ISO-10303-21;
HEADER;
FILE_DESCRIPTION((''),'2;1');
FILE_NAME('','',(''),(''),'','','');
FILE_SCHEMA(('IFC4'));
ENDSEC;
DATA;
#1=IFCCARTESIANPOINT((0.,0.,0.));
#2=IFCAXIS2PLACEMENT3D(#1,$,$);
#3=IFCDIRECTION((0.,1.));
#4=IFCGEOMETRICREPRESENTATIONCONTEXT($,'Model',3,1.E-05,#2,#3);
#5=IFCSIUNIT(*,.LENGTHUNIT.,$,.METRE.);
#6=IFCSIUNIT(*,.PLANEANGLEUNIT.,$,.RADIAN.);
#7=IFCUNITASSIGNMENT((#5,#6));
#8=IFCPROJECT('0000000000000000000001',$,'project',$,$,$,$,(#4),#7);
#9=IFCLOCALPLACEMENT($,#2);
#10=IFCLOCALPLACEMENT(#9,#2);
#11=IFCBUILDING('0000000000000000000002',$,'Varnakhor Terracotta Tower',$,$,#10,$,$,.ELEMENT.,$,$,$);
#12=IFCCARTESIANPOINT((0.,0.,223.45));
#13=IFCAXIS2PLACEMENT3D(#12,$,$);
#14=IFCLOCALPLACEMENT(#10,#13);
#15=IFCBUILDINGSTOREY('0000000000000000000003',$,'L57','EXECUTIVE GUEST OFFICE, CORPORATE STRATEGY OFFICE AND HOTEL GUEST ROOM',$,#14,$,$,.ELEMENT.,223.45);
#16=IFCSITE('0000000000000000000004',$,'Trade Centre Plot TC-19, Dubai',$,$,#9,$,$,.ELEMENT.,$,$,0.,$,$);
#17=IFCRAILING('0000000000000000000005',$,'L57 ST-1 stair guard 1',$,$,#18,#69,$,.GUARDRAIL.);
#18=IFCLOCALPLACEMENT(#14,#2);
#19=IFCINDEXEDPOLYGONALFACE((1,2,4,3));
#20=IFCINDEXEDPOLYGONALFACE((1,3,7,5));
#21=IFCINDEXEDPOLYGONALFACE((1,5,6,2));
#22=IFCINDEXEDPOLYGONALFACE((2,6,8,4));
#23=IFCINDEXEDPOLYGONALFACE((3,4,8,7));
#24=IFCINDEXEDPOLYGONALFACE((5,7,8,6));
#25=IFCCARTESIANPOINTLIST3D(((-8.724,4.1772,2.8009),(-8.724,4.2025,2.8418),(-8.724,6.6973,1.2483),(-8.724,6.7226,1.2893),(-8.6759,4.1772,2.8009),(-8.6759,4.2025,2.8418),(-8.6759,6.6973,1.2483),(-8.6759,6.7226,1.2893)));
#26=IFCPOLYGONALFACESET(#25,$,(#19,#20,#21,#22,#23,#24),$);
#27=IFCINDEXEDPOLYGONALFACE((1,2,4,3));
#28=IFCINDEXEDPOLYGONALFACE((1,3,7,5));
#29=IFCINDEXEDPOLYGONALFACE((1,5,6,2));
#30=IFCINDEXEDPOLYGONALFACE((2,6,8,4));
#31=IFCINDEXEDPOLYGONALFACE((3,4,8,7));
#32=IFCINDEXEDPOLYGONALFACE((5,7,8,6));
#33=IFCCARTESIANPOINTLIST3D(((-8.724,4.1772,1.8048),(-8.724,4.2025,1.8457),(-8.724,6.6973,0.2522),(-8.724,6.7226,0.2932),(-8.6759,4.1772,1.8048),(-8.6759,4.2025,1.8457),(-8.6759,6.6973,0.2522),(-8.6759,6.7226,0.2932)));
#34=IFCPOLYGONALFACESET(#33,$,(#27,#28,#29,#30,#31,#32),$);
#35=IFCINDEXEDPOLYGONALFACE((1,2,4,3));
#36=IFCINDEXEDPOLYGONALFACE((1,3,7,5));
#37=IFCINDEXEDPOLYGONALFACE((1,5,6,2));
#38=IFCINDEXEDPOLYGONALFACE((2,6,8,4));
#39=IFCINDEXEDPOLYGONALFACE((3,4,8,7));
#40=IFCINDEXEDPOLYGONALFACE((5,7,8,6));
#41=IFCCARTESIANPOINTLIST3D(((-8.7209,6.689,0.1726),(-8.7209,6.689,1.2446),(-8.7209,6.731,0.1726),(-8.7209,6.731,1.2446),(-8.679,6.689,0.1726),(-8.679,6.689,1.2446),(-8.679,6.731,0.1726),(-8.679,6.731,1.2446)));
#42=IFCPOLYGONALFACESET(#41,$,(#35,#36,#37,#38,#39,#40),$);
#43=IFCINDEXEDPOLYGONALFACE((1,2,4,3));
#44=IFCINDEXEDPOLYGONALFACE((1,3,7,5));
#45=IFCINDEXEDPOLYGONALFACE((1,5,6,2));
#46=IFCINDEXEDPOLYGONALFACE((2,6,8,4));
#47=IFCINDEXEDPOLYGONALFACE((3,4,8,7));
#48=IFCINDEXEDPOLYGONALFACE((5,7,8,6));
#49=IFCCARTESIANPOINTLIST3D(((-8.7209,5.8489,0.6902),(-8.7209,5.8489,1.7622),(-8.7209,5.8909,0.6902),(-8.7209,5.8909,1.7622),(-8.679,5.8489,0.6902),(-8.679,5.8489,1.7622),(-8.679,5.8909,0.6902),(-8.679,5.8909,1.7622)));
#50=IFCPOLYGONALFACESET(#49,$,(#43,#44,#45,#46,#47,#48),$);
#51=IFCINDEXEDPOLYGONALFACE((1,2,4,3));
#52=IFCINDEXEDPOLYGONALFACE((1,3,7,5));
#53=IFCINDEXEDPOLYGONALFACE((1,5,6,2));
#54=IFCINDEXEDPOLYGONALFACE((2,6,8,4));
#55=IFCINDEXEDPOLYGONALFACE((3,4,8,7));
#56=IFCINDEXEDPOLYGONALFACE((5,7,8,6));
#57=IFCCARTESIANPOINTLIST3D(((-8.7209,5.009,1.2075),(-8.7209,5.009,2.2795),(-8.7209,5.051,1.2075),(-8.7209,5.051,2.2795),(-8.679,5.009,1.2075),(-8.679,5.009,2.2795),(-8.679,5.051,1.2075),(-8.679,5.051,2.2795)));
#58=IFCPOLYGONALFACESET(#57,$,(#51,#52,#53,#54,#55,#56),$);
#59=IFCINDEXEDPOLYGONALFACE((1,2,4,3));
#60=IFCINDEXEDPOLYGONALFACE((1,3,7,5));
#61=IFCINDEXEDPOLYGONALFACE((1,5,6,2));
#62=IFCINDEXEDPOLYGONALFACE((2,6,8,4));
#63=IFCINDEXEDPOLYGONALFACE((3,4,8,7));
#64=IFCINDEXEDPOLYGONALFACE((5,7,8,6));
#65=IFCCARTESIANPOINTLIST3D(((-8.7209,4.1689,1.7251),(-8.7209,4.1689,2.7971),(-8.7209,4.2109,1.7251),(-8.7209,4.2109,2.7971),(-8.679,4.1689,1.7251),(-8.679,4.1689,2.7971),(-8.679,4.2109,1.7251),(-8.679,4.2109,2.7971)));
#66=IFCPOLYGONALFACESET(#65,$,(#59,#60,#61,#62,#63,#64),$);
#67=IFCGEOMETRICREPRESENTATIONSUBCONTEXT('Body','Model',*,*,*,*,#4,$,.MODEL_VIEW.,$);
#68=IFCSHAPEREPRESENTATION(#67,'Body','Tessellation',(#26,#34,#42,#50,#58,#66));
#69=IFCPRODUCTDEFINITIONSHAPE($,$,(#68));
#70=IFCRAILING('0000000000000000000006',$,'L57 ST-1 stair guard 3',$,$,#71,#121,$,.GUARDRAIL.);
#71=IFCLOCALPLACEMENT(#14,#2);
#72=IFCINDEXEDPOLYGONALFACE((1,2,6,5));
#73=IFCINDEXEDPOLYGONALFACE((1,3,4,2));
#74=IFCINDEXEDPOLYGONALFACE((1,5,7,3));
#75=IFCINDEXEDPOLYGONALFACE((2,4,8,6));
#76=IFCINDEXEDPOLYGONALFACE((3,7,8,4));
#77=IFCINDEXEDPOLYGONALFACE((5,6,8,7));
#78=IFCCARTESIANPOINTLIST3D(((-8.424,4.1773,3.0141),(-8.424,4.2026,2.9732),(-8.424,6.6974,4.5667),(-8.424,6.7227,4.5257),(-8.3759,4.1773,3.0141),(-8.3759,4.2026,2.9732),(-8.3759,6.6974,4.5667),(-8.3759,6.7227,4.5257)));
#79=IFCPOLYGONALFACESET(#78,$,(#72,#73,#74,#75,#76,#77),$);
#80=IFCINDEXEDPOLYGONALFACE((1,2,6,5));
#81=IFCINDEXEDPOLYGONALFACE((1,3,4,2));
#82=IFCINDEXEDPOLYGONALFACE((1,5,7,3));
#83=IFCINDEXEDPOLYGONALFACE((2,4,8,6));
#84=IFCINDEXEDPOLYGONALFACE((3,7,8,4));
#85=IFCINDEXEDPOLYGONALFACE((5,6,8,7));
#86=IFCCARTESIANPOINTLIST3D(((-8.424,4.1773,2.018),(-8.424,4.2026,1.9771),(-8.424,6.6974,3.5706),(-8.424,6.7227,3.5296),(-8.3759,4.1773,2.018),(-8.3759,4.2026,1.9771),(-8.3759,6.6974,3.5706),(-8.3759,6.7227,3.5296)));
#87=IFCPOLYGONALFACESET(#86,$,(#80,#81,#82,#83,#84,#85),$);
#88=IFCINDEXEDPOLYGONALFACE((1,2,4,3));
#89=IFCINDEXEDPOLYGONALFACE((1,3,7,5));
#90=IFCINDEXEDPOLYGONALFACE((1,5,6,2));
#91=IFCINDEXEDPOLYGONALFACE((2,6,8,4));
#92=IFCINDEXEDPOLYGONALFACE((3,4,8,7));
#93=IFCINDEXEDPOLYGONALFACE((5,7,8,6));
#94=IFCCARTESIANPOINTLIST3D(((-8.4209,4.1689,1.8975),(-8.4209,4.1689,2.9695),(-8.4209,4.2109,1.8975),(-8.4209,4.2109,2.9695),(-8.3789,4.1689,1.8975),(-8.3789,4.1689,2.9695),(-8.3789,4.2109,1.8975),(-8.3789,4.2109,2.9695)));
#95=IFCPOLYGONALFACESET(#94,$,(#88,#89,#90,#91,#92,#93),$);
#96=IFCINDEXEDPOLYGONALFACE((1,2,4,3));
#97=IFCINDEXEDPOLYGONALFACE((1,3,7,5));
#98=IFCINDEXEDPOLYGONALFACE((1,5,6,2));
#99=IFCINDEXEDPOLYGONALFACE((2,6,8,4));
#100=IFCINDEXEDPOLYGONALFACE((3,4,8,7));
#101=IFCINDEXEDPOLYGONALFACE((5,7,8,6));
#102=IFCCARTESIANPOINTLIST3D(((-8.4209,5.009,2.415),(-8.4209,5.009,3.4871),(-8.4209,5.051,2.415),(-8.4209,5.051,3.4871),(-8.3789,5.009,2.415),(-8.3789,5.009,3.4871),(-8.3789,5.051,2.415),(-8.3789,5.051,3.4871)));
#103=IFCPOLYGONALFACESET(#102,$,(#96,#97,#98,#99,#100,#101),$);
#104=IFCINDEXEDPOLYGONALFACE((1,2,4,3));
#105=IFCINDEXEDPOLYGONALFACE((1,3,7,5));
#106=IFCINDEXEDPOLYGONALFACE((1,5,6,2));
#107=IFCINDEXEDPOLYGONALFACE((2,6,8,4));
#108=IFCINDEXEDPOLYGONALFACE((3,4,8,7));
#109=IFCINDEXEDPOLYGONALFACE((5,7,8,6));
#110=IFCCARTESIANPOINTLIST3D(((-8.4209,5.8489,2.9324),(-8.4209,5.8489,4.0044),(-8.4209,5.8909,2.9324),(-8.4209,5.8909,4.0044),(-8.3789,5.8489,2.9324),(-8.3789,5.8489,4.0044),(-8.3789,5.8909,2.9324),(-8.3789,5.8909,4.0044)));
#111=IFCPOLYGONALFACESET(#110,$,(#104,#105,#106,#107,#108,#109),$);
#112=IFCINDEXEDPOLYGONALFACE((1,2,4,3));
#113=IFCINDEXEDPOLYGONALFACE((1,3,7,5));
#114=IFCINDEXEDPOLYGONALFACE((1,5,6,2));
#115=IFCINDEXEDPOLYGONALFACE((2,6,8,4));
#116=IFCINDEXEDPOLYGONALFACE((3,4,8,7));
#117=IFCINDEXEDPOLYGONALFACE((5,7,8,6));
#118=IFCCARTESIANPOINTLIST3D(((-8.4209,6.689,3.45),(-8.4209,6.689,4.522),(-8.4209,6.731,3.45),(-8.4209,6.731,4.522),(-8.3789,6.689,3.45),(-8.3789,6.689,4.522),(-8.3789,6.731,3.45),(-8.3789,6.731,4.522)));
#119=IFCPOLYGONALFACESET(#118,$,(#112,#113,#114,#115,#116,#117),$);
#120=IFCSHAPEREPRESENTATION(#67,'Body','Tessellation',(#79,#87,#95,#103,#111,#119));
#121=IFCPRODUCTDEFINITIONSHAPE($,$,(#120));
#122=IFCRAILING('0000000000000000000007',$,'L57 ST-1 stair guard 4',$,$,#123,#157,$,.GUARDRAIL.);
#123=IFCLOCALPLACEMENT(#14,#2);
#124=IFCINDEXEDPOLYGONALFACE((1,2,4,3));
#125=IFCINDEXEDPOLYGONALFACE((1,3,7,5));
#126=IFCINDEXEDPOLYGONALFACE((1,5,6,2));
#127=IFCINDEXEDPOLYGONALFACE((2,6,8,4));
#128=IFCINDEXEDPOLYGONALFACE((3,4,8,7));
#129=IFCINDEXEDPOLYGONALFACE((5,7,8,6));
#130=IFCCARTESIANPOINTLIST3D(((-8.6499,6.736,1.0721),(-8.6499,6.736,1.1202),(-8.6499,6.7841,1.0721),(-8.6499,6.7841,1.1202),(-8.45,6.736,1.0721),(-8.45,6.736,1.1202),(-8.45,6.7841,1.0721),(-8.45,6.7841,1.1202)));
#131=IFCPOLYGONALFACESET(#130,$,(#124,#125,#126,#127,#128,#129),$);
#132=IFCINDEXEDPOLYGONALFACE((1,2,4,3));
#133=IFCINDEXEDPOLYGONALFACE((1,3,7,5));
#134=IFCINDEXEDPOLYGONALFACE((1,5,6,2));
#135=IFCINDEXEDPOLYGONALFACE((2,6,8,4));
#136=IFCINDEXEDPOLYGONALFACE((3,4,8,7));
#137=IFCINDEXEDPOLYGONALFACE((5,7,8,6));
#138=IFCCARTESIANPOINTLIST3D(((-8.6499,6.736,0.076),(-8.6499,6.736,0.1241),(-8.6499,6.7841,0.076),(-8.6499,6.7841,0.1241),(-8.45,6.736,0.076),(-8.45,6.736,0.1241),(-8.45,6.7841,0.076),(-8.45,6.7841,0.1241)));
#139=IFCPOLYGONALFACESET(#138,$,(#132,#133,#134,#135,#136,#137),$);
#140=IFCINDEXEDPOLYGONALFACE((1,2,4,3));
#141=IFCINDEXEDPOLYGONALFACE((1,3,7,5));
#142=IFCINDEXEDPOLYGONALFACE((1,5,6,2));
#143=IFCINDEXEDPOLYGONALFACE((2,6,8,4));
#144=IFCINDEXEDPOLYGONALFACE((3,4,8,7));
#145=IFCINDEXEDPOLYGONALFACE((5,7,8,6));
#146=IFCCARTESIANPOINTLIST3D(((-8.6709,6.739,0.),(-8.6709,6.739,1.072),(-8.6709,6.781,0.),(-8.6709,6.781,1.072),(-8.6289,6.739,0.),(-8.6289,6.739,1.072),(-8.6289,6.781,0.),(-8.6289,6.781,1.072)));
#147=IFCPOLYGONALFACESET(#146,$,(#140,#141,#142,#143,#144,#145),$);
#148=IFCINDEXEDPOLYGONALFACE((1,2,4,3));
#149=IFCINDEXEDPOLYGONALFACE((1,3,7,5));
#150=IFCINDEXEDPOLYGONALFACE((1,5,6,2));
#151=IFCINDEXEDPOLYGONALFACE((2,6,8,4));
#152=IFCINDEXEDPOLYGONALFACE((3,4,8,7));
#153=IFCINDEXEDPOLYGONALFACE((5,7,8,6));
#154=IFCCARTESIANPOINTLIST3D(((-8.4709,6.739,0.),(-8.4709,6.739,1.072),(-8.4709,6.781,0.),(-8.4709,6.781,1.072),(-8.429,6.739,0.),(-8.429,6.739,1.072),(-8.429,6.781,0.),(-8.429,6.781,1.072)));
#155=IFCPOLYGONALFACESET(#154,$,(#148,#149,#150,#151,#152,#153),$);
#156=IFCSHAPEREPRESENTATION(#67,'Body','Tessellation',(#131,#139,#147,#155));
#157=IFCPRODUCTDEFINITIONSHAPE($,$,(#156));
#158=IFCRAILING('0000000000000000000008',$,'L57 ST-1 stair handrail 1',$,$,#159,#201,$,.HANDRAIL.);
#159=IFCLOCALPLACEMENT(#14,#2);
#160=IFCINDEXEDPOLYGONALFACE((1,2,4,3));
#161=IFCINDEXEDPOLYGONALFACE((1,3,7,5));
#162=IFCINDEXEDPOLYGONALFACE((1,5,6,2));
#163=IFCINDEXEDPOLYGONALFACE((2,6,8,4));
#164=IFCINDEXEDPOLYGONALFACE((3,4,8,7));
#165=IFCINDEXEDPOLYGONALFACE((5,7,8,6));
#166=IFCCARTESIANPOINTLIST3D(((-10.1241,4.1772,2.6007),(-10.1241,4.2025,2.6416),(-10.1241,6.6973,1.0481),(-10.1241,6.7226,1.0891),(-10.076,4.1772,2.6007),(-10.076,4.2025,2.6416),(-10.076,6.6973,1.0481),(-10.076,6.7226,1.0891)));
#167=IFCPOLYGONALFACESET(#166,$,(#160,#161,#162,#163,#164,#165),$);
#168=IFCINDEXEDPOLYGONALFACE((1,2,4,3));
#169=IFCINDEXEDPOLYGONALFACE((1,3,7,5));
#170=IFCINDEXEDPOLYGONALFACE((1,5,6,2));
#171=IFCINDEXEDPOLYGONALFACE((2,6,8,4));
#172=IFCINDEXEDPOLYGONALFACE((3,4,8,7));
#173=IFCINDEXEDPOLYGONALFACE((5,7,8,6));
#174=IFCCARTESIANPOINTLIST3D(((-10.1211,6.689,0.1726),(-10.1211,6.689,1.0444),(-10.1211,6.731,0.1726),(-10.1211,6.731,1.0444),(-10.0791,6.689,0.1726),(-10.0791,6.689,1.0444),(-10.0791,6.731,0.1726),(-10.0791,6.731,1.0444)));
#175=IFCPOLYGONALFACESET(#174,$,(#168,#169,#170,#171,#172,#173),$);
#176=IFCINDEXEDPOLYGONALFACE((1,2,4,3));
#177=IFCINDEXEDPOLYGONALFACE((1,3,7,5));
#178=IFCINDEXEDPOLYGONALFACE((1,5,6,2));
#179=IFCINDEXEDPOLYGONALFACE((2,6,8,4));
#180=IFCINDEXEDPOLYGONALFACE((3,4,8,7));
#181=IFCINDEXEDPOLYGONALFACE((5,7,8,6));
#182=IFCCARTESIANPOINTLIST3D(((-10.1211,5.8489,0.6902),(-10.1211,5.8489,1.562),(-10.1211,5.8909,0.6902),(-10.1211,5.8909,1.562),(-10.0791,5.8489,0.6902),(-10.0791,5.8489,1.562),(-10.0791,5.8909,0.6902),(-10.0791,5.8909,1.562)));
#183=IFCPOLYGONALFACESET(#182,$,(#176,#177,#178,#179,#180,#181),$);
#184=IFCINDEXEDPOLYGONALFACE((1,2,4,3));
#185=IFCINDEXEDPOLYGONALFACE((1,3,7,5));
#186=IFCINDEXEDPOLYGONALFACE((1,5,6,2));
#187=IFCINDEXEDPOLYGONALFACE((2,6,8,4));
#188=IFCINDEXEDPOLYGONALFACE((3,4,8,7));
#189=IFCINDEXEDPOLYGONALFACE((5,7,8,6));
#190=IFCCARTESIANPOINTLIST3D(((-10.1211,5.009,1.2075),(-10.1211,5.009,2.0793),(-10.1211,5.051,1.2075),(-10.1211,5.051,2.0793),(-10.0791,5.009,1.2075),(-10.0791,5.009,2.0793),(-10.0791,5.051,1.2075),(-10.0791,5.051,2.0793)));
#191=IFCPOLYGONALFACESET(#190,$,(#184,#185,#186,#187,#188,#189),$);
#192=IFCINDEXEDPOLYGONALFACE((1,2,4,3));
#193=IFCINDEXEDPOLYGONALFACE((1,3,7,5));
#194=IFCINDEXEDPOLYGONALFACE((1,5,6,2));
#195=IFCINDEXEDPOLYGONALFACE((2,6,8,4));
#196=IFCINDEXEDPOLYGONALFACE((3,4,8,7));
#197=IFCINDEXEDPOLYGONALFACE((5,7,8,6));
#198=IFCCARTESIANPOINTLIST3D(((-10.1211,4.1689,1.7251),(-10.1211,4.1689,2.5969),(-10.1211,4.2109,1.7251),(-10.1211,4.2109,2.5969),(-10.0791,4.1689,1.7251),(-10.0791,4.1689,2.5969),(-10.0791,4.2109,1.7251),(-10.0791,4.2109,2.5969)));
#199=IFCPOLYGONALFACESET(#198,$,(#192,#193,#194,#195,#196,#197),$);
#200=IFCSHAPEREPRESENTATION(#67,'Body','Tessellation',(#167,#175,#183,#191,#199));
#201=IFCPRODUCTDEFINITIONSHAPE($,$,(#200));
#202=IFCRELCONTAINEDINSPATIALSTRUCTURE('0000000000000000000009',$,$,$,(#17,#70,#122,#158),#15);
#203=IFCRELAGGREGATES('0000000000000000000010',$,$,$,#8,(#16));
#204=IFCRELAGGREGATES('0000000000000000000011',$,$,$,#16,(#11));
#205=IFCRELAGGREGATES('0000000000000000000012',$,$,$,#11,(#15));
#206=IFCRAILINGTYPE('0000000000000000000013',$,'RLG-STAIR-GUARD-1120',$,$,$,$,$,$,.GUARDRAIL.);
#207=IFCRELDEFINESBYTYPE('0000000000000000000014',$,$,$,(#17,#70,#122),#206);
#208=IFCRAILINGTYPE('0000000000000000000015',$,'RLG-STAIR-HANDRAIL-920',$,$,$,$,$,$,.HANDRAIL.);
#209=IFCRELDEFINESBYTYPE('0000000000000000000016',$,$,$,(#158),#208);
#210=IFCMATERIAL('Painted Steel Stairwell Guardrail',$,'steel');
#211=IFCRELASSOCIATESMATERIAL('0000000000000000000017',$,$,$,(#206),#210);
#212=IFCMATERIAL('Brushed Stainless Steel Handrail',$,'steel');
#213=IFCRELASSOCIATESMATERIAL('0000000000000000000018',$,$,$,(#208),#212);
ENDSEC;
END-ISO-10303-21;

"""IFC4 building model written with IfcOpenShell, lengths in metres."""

from ifc_helpers import new_model, si_unit, direction, frame, origin, origin_2d, place, context, subcontext, project, spatial, rectangle, extrude, material, type_object, element, save


model = new_model("IFC4")

# Units and contexts
model_context = context("Model", 3, precision=1e-05, world=origin(), true_north=direction((0.0, 1.0)))
body_context = subcontext(model_context, "Body", "Model", "MODEL_VIEW")
ifc_project = project(units=[si_unit("LENGTHUNIT", "METRE"), si_unit("PLANEANGLEUNIT", "RADIAN")], contexts=[model_context])

# Site, building, storey
site_placement = place(None, origin())
site = spatial("IfcSite", under=ifc_project, at=site_placement, Name="Trade Centre Plot TC-19, Dubai", CompositionType="ELEMENT", RefElevation=0.0)
building_placement = place(site_placement, origin())
building = spatial("IfcBuilding", under=site, at=building_placement, Name="Varnakhor Terracotta Tower", CompositionType="ELEMENT")
storey_placement = place(building_placement, frame((0.0, 0.0, 223.45)))
storey = spatial("IfcBuildingStorey", under=building, at=storey_placement, Name="L57", Description="EXECUTIVE GUEST OFFICE, CORPORATE STRATEGY OFFICE AND HOTEL GUEST ROOM", CompositionType="ELEMENT", Elevation=223.45)

# Railings
ifc_material_1 = material(Name="Painted Steel Stairwell Guardrail", Category="steel")
railing_type_1 = type_object("IfcRailingType", Name="RLG-STAIR-GUARD-1120", PredefinedType="GUARDRAIL", material=ifc_material_1)
railing_1_placement = place(storey_placement, frame((-8.7, 6.71, 0.1726)))
element("IfcRailing", 1, at=railing_1_placement, inside=storey, type_object=railing_type_1, Name="L57 ST-1 stair guard 1", PredefinedType="GUARDRAIL", context=body_context, shape_type="SweptSolid", body=[
    extrude(rectangle(XDim=0.0481, YDim=0.0481, at=origin_2d()), frame((0.0, 0.0, 1.0962), z_axis=(0.0, -0.8514, 0.524516), x_axis=(1.0, 0.0, 0.0)), (0.0, 0.0, 1.0), 2.96),
    extrude(rectangle(XDim=0.0481, YDim=0.0481, at=origin_2d()), frame((0.0, 0.0, 0.1001), z_axis=(0.0, -0.8514, 0.524516), x_axis=(1.0, 0.0, 0.0)), (0.0, 0.0, 1.0), 2.96),
    extrude(rectangle(XDim=0.042, YDim=0.042, at=origin_2d()), origin(), (0.0, 0.0, 1.0), 1.072),
    extrude(rectangle(XDim=0.042, YDim=0.042, at=origin_2d()), frame((0.0, -0.8401, 0.5176)), (0.0, 0.0, 1.0), 1.072),
    extrude(rectangle(XDim=0.042, YDim=0.042, at=origin_2d()), frame((0.0, -1.6799, 1.0349)), (0.0, 0.0, 1.0), 1.072),
    extrude(rectangle(XDim=0.042, YDim=0.042, at=origin_2d()), frame((0.0, -2.52, 1.5525)), (0.0, 0.0, 1.0), 1.072),
])
railing_2_placement = place(storey_placement, frame((-8.3999, 4.1899, 1.8975)))
element("IfcRailing", 2, at=railing_2_placement, inside=storey, type_object=railing_type_1, Name="L57 ST-1 stair guard 3", PredefinedType="GUARDRAIL", context=body_context, shape_type="SweptSolid", body=[
    extrude(rectangle(XDim=0.0481, YDim=0.0481, at=origin_2d()), frame((0.0, 0.0, 1.0962), z_axis=(0.0, 0.8514, 0.524516), x_axis=(-1.0, 0.0, 0.0)), (0.0, 0.0, 1.0), 2.96),
    extrude(rectangle(XDim=0.0481, YDim=0.0481, at=origin_2d()), frame((0.0, 0.0, 0.1001), z_axis=(0.0, 0.8514, 0.524516), x_axis=(-1.0, 0.0, 0.0)), (0.0, 0.0, 1.0), 2.96),
    extrude(rectangle(XDim=0.042, YDim=0.042, at=origin_2d()), origin(), (0.0, 0.0, 1.0), 1.072),
    extrude(rectangle(XDim=0.042, YDim=0.042, at=origin_2d()), frame((0.0, 0.8401, 0.5176)), (0.0, 0.0, 1.0), 1.072),
    extrude(rectangle(XDim=0.042, YDim=0.042, at=origin_2d()), frame((0.0, 1.6799, 1.0349)), (0.0, 0.0, 1.0), 1.072),
    extrude(rectangle(XDim=0.042, YDim=0.042, at=origin_2d()), frame((0.0, 2.52, 1.5525)), (0.0, 0.0, 1.0), 1.072),
])
railing_3_placement = place(storey_placement, frame((-8.6499, 6.76, 0.0)))
element("IfcRailing", 3, at=railing_3_placement, inside=storey, type_object=railing_type_1, Name="L57 ST-1 stair guard 4", PredefinedType="GUARDRAIL", context=body_context, shape_type="SweptSolid", body=[
    extrude(rectangle(XDim=0.0481, YDim=0.0481, at=origin_2d()), frame((0.0, 0.0, 1.0962), z_axis=(1.0, 0.0, 0.0), x_axis=(0.0, 1.0, 0.0)), (0.0, 0.0, 1.0), 0.2),
    extrude(rectangle(XDim=0.0481, YDim=0.0481, at=origin_2d()), frame((0.0, 0.0, 0.1001), z_axis=(1.0, 0.0, 0.0), x_axis=(0.0, 1.0, 0.0)), (0.0, 0.0, 1.0), 0.2),
    extrude(rectangle(XDim=0.042, YDim=0.042, at=origin_2d()), origin(), (0.0, 0.0, 1.0), 1.072),
    extrude(rectangle(XDim=0.042, YDim=0.042, at=origin_2d()), frame((0.2, 0.0, 0.0)), (0.0, 0.0, 1.0), 1.072),
])
ifc_material_2 = material(Name="Brushed Stainless Steel Handrail", Category="steel")
railing_type_2 = type_object("IfcRailingType", Name="RLG-STAIR-HANDRAIL-920", PredefinedType="HANDRAIL", material=ifc_material_2)
railing_4_placement = place(storey_placement, frame((-10.1001, 6.71, 0.1726)))
element("IfcRailing", 4, at=railing_4_placement, inside=storey, type_object=railing_type_2, Name="L57 ST-1 stair handrail 1", PredefinedType="HANDRAIL", context=body_context, shape_type="SweptSolid", body=[
    extrude(rectangle(XDim=0.0481, YDim=0.0481, at=origin_2d()), frame((0.0, 0.0, 0.896), z_axis=(0.0, -0.8514, 0.524516), x_axis=(1.0, 0.0, 0.0)), (0.0, 0.0, 1.0), 2.96),
    extrude(rectangle(XDim=0.042, YDim=0.042, at=origin_2d()), origin(), (0.0, 0.0, 1.0), 0.8718),
    extrude(rectangle(XDim=0.042, YDim=0.042, at=origin_2d()), frame((0.0, -0.8401, 0.5176)), (0.0, 0.0, 1.0), 0.8718),
    extrude(rectangle(XDim=0.042, YDim=0.042, at=origin_2d()), frame((0.0, -1.6799, 1.0349)), (0.0, 0.0, 1.0), 0.8718),
    extrude(rectangle(XDim=0.042, YDim=0.042, at=origin_2d()), frame((0.0, -2.52, 1.5525)), (0.0, 0.0, 1.0), 0.8718),
])

save(model, "model.ifc")
